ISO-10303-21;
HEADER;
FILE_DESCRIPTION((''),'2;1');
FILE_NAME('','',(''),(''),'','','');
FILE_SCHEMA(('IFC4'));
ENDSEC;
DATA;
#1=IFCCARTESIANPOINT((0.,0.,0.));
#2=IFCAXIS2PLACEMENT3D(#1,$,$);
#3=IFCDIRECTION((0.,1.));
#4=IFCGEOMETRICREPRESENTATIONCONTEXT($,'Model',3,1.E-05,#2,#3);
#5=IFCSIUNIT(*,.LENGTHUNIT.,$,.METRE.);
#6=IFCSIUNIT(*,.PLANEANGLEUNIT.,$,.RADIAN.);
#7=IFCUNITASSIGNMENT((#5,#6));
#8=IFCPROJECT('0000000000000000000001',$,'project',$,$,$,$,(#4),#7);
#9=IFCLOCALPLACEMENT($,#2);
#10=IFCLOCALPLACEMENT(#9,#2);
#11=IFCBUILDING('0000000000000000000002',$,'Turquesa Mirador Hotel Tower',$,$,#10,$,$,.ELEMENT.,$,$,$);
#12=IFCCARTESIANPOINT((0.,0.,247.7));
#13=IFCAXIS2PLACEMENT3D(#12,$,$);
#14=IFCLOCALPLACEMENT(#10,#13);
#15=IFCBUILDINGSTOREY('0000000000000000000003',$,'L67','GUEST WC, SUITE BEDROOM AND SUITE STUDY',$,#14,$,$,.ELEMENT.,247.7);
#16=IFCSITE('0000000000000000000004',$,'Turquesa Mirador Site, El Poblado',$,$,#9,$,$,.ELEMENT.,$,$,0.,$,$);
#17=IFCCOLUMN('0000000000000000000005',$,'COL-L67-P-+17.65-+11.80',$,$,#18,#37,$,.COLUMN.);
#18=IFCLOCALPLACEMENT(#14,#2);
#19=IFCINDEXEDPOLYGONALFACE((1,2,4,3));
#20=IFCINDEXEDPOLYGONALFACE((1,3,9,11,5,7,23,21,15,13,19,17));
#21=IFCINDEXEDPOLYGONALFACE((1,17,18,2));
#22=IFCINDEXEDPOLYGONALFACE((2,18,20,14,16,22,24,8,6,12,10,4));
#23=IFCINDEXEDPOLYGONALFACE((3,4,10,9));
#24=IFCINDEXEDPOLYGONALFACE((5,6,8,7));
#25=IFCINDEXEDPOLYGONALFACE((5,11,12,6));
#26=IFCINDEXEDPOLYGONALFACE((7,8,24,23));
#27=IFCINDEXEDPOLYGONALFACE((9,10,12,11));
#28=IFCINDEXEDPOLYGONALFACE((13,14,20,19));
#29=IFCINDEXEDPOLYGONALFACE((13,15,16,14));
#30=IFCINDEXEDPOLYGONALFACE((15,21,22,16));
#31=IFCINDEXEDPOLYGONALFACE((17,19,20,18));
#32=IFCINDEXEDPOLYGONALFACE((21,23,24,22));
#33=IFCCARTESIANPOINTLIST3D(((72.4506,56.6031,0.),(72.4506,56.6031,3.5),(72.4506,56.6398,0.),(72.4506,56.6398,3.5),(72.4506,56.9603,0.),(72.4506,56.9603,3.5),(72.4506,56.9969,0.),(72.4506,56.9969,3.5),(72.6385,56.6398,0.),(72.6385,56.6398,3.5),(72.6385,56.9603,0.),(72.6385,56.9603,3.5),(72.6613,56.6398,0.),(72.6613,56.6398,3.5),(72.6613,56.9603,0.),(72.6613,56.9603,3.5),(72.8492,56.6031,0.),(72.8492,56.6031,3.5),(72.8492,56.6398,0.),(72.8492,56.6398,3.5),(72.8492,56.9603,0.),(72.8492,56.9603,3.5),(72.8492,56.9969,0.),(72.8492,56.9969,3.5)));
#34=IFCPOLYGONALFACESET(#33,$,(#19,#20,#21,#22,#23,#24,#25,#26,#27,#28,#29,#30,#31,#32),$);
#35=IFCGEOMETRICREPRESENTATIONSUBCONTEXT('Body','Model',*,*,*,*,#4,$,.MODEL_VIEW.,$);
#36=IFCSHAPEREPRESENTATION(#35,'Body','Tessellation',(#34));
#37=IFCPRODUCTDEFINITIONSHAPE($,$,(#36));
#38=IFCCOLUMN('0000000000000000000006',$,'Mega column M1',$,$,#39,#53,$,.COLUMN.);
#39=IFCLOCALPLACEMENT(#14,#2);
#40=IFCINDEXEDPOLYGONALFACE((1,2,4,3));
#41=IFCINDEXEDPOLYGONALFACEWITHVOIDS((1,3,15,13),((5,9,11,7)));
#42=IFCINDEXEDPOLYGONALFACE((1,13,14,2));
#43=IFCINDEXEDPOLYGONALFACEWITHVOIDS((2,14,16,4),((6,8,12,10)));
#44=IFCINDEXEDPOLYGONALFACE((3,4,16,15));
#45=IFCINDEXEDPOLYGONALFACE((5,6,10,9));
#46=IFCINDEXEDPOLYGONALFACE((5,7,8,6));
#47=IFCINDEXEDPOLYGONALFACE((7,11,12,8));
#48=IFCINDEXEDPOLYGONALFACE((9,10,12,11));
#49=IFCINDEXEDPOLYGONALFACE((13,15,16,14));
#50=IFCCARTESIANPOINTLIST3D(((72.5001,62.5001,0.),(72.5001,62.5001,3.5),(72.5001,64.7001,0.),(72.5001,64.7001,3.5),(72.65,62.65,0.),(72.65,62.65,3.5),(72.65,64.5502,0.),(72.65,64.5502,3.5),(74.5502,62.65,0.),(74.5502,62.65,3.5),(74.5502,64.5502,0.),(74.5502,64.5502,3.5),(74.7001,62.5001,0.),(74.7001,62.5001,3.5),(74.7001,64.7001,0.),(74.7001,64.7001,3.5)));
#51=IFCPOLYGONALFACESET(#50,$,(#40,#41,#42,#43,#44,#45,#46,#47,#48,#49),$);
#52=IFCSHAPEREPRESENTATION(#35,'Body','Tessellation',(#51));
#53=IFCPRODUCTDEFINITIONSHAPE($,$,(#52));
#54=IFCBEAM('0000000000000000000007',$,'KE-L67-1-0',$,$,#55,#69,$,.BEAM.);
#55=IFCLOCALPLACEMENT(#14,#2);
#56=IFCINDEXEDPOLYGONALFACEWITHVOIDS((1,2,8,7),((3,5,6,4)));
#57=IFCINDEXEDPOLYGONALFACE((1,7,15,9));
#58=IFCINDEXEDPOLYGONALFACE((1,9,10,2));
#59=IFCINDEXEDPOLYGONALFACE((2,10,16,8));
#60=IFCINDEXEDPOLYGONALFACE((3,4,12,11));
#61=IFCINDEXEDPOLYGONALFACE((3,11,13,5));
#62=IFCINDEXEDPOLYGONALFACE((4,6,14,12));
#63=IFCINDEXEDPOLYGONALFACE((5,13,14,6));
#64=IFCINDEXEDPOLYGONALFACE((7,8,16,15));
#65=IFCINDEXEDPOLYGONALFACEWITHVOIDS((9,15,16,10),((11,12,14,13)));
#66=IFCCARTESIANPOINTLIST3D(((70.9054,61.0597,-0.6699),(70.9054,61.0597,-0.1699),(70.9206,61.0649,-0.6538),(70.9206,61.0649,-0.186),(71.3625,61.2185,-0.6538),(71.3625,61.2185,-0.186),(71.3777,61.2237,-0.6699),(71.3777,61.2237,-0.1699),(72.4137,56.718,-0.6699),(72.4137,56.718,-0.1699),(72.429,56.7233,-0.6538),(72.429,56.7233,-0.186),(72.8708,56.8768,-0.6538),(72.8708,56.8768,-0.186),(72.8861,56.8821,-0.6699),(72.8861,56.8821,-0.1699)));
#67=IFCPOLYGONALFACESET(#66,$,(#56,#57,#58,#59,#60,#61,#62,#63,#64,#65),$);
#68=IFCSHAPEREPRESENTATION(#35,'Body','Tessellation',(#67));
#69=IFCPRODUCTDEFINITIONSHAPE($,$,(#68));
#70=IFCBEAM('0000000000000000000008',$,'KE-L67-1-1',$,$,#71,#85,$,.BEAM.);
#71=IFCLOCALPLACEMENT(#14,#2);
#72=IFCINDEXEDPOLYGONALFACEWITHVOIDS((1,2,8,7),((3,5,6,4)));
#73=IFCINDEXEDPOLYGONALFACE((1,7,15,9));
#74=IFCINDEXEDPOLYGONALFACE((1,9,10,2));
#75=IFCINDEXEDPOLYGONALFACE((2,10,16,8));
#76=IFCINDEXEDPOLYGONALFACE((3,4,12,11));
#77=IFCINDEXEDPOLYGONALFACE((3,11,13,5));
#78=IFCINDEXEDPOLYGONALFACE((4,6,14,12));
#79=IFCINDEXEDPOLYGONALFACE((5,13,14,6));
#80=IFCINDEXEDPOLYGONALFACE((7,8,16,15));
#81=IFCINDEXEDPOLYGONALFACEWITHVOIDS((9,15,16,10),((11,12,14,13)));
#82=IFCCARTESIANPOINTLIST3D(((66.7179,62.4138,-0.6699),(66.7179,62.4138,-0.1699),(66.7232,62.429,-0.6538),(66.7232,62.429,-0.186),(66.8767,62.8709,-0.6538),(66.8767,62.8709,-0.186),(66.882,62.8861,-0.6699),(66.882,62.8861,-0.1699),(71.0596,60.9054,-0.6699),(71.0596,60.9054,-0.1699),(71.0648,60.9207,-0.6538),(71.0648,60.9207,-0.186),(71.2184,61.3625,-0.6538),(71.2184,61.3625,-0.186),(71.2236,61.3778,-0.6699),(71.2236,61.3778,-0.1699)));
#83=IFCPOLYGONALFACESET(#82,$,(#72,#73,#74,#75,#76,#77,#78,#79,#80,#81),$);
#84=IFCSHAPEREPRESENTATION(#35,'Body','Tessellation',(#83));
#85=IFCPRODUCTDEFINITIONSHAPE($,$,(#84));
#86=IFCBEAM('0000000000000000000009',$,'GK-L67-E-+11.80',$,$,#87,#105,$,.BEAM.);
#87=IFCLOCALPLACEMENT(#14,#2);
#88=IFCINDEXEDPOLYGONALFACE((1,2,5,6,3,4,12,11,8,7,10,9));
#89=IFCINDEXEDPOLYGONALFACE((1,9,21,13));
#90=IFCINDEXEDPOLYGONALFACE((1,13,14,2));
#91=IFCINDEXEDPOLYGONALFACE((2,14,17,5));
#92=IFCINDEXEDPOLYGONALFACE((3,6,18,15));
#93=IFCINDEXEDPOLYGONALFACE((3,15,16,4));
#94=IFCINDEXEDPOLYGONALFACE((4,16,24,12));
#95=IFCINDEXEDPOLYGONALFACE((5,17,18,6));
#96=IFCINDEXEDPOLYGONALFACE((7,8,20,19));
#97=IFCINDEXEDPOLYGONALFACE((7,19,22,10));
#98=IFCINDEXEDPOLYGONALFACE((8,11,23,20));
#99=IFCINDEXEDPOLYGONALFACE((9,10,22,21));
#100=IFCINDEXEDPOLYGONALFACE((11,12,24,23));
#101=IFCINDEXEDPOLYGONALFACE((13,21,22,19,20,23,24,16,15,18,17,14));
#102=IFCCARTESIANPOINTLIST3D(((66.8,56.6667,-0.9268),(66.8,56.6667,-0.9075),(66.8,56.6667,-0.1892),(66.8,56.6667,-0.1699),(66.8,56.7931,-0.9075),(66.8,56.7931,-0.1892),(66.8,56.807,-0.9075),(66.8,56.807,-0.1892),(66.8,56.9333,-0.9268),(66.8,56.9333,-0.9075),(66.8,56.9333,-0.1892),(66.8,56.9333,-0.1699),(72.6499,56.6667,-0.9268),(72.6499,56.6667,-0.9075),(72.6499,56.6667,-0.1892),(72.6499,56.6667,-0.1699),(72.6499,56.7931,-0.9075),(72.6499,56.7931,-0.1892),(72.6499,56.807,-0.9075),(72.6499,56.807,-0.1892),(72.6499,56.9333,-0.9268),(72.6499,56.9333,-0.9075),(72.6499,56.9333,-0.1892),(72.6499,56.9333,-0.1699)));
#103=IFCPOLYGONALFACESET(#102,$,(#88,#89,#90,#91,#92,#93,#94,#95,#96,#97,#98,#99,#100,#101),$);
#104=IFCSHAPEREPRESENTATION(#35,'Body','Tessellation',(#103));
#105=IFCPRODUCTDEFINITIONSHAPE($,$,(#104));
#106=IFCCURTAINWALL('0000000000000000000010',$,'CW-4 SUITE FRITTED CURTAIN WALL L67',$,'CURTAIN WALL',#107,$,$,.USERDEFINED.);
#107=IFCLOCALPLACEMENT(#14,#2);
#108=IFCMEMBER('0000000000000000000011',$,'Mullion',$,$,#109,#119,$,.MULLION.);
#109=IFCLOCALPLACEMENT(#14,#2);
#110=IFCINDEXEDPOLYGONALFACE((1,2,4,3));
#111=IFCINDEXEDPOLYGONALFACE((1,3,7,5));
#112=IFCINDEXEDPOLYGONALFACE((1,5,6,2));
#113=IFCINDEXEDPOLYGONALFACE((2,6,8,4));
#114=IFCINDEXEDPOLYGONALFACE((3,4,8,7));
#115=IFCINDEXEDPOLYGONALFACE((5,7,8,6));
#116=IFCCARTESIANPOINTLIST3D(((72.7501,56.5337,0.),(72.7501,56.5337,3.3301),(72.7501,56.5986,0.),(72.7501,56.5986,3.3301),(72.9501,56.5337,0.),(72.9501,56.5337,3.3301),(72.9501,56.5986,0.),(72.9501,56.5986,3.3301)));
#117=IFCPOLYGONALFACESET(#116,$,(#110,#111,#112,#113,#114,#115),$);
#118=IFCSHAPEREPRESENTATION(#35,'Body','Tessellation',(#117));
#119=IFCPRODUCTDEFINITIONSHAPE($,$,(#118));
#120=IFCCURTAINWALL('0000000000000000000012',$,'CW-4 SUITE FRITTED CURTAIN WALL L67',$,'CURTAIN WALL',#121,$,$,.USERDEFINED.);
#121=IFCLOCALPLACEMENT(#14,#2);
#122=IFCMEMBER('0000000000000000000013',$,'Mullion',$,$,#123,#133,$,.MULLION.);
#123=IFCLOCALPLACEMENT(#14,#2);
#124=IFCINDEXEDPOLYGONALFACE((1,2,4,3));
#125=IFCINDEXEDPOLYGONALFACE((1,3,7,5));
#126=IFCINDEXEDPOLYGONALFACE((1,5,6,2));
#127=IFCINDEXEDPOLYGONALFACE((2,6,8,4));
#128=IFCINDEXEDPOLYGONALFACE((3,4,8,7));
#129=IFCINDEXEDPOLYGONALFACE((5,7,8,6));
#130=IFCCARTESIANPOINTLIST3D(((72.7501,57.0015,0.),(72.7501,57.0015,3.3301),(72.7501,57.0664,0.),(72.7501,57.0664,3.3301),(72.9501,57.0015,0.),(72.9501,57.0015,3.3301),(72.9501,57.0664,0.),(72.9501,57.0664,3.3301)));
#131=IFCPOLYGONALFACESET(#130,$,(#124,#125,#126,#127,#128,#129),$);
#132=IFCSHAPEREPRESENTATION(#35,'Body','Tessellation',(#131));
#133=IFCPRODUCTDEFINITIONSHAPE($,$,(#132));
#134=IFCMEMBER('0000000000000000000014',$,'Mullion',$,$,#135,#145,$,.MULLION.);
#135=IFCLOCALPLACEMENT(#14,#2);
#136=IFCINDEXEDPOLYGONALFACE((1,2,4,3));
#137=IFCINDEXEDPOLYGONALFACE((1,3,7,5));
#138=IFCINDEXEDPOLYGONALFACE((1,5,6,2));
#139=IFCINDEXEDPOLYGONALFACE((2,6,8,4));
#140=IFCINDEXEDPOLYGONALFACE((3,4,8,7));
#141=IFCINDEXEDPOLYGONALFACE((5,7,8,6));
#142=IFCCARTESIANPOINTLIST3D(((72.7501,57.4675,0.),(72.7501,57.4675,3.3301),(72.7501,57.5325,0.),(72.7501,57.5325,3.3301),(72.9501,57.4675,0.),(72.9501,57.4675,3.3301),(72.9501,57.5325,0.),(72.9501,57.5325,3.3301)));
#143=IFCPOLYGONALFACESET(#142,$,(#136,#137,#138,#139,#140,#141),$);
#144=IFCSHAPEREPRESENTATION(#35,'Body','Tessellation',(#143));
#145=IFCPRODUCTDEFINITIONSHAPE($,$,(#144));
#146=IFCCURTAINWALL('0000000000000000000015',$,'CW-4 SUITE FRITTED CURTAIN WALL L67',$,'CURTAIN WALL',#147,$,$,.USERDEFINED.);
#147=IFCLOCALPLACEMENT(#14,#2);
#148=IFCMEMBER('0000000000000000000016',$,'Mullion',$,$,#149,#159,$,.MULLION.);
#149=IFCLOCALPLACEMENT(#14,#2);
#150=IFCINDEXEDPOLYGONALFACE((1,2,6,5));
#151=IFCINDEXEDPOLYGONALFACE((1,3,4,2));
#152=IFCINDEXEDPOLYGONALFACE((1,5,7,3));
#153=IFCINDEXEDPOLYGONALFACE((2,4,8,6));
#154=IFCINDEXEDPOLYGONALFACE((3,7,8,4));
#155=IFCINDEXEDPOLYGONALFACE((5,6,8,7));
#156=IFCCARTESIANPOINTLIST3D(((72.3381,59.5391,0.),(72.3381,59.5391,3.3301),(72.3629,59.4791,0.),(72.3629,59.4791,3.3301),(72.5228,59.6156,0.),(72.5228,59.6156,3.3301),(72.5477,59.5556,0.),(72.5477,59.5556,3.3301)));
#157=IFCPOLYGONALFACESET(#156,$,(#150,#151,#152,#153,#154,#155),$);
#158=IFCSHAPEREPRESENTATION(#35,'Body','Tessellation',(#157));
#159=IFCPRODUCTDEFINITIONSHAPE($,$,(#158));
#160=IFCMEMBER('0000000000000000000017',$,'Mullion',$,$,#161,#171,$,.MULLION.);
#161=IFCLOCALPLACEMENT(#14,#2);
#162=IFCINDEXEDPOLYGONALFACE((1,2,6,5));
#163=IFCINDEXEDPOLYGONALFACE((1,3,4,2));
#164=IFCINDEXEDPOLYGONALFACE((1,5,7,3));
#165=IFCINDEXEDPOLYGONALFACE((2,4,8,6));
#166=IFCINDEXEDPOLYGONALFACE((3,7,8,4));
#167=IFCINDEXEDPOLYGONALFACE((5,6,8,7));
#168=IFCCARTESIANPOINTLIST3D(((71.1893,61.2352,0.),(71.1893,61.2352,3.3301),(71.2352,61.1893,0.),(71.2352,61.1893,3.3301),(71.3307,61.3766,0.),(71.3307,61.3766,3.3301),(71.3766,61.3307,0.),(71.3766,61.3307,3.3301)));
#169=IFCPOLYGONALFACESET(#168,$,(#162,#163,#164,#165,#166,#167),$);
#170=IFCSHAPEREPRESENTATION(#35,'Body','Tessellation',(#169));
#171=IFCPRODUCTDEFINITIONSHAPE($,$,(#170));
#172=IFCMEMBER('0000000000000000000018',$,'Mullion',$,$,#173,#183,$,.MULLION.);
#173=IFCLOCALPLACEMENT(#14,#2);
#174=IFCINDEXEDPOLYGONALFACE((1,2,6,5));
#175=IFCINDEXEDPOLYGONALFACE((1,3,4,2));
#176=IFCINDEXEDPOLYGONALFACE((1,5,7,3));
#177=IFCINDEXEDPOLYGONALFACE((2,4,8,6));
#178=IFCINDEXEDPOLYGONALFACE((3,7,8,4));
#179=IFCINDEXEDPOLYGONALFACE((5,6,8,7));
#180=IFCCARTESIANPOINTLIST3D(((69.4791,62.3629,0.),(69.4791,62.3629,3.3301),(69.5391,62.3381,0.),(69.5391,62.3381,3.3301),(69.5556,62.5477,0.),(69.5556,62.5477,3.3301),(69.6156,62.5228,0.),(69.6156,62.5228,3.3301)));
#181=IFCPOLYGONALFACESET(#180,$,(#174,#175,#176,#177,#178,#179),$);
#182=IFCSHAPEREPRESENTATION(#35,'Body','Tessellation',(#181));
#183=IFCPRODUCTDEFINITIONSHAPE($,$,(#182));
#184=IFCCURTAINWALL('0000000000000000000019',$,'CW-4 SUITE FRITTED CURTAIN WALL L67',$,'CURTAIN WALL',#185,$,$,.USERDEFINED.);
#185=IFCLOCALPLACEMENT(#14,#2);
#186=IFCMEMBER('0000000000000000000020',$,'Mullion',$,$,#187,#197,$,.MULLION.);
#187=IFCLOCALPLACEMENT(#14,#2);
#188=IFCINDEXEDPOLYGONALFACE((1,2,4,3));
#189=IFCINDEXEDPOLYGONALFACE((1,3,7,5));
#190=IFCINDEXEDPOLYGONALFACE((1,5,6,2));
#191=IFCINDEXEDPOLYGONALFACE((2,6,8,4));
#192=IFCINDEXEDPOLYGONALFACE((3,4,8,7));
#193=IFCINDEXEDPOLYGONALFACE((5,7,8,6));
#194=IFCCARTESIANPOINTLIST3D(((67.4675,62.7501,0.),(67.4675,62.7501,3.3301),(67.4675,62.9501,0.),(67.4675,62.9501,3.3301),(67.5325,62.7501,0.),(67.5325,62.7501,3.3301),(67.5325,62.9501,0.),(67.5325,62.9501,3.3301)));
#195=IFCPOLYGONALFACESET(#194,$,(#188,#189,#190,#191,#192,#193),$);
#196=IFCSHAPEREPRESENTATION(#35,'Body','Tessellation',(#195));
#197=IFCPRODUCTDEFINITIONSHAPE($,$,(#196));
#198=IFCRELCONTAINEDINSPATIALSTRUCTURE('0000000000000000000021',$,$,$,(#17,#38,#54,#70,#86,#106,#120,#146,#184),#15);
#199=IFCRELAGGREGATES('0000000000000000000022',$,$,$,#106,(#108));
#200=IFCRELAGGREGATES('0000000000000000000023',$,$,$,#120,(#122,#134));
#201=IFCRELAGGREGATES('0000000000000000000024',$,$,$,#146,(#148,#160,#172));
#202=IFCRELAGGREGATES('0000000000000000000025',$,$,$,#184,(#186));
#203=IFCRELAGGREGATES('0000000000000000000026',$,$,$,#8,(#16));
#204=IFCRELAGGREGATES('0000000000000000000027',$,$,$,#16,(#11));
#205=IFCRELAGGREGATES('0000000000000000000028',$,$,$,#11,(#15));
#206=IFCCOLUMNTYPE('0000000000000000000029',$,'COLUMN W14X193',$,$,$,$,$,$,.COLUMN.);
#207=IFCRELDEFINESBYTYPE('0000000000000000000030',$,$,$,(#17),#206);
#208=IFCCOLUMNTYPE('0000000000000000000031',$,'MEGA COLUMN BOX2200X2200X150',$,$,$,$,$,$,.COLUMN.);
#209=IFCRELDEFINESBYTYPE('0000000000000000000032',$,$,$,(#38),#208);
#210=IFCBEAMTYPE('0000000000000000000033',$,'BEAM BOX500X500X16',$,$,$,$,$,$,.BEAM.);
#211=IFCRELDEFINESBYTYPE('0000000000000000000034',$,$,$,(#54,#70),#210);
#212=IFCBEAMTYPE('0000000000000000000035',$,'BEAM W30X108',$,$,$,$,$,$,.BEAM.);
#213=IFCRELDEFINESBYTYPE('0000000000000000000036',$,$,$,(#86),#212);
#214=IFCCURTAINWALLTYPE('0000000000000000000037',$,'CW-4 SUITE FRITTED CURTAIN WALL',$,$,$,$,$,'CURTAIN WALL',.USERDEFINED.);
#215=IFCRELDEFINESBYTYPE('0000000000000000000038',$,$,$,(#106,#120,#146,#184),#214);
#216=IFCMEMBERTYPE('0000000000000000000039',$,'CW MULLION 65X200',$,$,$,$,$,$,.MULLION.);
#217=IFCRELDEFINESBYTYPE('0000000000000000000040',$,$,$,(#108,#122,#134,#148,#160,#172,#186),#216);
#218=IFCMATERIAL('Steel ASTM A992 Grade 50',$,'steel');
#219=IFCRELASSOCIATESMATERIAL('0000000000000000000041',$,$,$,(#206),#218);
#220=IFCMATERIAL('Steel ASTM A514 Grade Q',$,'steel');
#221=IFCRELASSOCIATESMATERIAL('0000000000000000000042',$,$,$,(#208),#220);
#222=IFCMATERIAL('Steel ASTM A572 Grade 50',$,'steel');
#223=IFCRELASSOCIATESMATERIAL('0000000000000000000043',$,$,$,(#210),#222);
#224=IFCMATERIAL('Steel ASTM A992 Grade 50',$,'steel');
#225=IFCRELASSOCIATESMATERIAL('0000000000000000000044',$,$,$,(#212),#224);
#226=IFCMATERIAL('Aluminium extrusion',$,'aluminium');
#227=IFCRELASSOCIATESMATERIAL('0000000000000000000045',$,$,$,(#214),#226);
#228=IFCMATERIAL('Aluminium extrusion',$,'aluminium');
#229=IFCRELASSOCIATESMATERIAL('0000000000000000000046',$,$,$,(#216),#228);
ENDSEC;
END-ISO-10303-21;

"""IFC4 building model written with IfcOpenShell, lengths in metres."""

from ifc_helpers import new_model, si_unit, direction, frame, origin, origin_2d, place, context, subcontext, project, spatial, rectangle, hollow_rectangle, i_section, extrude, material, material_profile, profile_set, type_object, element, aggregate, save


model = new_model("IFC4")

# Units and contexts
model_context = context("Model", 3, precision=1e-05, world=origin(), true_north=direction((0.0, 1.0)))
body_context = subcontext(model_context, "Body", "Model", "MODEL_VIEW")
ifc_project = project(units=[si_unit("LENGTHUNIT", "METRE"), si_unit("PLANEANGLEUNIT", "RADIAN")], contexts=[model_context])

# Site, building, storey
site_placement = place(None, origin())
site = spatial("IfcSite", under=ifc_project, at=site_placement, Name="Turquesa Mirador Site, El Poblado", CompositionType="ELEMENT", RefElevation=0.0)
building_placement = place(site_placement, origin())
building = spatial("IfcBuilding", under=site, at=building_placement, Name="Turquesa Mirador Hotel Tower", CompositionType="ELEMENT")
storey_placement = place(building_placement, frame((0.0, 0.0, 247.7)))
storey = spatial("IfcBuildingStorey", under=building, at=storey_placement, Name="L67", Description="GUEST WC, SUITE BEDROOM AND SUITE STUDY", CompositionType="ELEMENT", Elevation=247.7)

# Columns
ifc_material_1 = material(Name="Steel ASTM A992 Grade 50", Category="steel")
ifc_material_profile_1 = material_profile(ifc_material_1, i_section(OverallWidth=0.3987, OverallDepth=0.3938, WebThickness=0.0227, FlangeThickness=0.0366, at=origin_2d()), Name="W14X193")
ifc_profile_set_1 = profile_set([ifc_material_profile_1], Name="Steel ASTM A992 Grade 50")
column_type_1 = type_object("IfcColumnType", Name="COLUMN W14X193", PredefinedType="COLUMN", material=ifc_profile_set_1)
column_1_placement = place(storey_placement, frame((72.6499, 56.8, 0.0), z_axis=(0.0, 0.0, 1.0), x_axis=(1.0, 0.0, 0.0)))
element("IfcColumn", 1, at=column_1_placement, inside=storey, type_object=column_type_1, Name="COL-L67-P-+17.65-+11.80", PredefinedType="COLUMN", context=body_context, shape_type="SweptSolid", body=[
    extrude(i_section(OverallWidth=0.3987, OverallDepth=0.3938, WebThickness=0.0227, FlangeThickness=0.0366, at=origin_2d()), origin(), (0.0, 0.0, 1.0), 3.5),
])
ifc_material_2 = material(Name="Steel ASTM A514 Grade Q", Category="steel")
ifc_material_profile_2 = material_profile(ifc_material_2, hollow_rectangle(XDim=2.2, YDim=2.2, WallThickness=0.1499, at=origin_2d()), Name="BOX2200X2200X150")
ifc_profile_set_2 = profile_set([ifc_material_profile_2], Name="Steel ASTM A514 Grade Q")
column_type_2 = type_object("IfcColumnType", Name="MEGA COLUMN BOX2200X2200X150", PredefinedType="COLUMN", material=ifc_profile_set_2)
column_2_placement = place(storey_placement, frame((73.6001, 63.6001, 0.0), z_axis=(0.0, 0.0, 1.0), x_axis=(1.0, 0.0, 0.0)))
element("IfcColumn", 2, at=column_2_placement, inside=storey, type_object=column_type_2, Name="Mega column M1", PredefinedType="COLUMN", context=body_context, shape_type="SweptSolid", body=[
    extrude(hollow_rectangle(XDim=2.2, YDim=2.2, WallThickness=0.1499, at=origin_2d()), origin(), (0.0, 0.0, 1.0), 3.5),
])

# Beams
ifc_material_3 = material(Name="Steel ASTM A572 Grade 50", Category="steel")
ifc_material_profile_3 = material_profile(ifc_material_3, hollow_rectangle(XDim=0.5, YDim=0.5, WallThickness=0.0161, at=origin_2d()), Name="BOX500X500X16")
ifc_profile_set_3 = profile_set([ifc_material_profile_3], Name="Steel ASTM A572 Grade 50")
beam_type_1 = type_object("IfcBeamType", Name="BEAM BOX500X500X16", PredefinedType="BEAM", material=ifc_profile_set_3)
for number, where, z_axis, x_axis, name in (
    (3, (72.6499, 56.8, -0.4199), (-0.32817, 0.944619, 0.0), (-0.944619, -0.32817, 0.0), "KE-L67-1-0"),
    (4, (71.1416, 61.1416, -0.4199), (-0.944619, 0.32817, 0.0), (-0.32817, -0.944619, 0.0), "KE-L67-1-1"),
):
    element("IfcBeam", number, at=place(storey_placement, frame(where, z_axis=z_axis, x_axis=x_axis)), inside=storey, type_object=beam_type_1, Name=name, PredefinedType="BEAM", context=body_context, shape_type="SweptSolid", body=[
        extrude(hollow_rectangle(XDim=0.5, YDim=0.5, WallThickness=0.0161, at=origin_2d()), origin(), (0.0, 0.0, 1.0), 4.5962),
    ])
ifc_material_4 = material(Name="Steel ASTM A992 Grade 50", Category="steel")
ifc_material_profile_4 = material_profile(ifc_material_4, i_section(OverallWidth=0.2666, OverallDepth=0.7568, WebThickness=0.0139, FlangeThickness=0.0193, at=origin_2d()), Name="W30X108")
ifc_profile_set_4 = profile_set([ifc_material_profile_4], Name="Steel ASTM A992 Grade 50")
beam_type_2 = type_object("IfcBeamType", Name="BEAM W30X108", PredefinedType="BEAM", material=ifc_profile_set_4)
beam_placement = place(storey_placement, frame((72.6499, 56.8, -0.5483), z_axis=(-1.0, 0.0, 0.0), x_axis=(0.0, -1.0, 0.0)))
element("IfcBeam", 5, at=beam_placement, inside=storey, type_object=beam_type_2, Name="GK-L67-E-+11.80", PredefinedType="BEAM", context=body_context, shape_type="SweptSolid", body=[
    extrude(i_section(OverallWidth=0.2666, OverallDepth=0.7568, WebThickness=0.0139, FlangeThickness=0.0193, at=origin_2d()), origin(), (0.0, 0.0, 1.0), 5.8499),
])

# Curtain wall, member
ifc_material_5 = material(Name="Aluminium extrusion", Category="aluminium")
curtain_wall_type = type_object("IfcCurtainWallType", Name="CW-4 SUITE FRITTED CURTAIN WALL", ElementType="CURTAIN WALL", PredefinedType="USERDEFINED", material=ifc_material_5)
curtain_wall_1_placement = place(storey_placement, origin())
curtain_wall_1 = element("IfcCurtainWall", 6, at=curtain_wall_1_placement, inside=storey, type_object=curtain_wall_type, Name="CW-4 SUITE FRITTED CURTAIN WALL L67", ObjectType="CURTAIN WALL", PredefinedType="USERDEFINED")
ifc_material_6 = material(Name="Aluminium extrusion", Category="aluminium")
ifc_material_profile_5 = material_profile(ifc_material_6, rectangle(XDim=0.0649, YDim=0.2, at=origin_2d()), Name="MULLION 65X200")
ifc_profile_set_5 = profile_set([ifc_material_profile_5], Name="Aluminium extrusion")
member_type_1 = type_object("IfcMemberType", Name="CW MULLION 65X200", PredefinedType="MULLION", material=ifc_profile_set_5)
member_1_placement = place(storey_placement, frame((72.8501, 56.5662, 0.0), z_axis=(0.0, 0.0, 1.0), x_axis=(0.0, 1.0, 0.0)))
member_1 = element("IfcMember", 7, at=member_1_placement, type_object=member_type_1, Name="Mullion", PredefinedType="MULLION", context=body_context, shape_type="SweptSolid", body=[
    extrude(rectangle(XDim=0.0649, YDim=0.2, at=origin_2d()), origin(), (0.0, 0.0, 1.0), 3.3301),
])

# Curtain walls, members
curtain_wall_2_placement = place(storey_placement, origin())
curtain_wall_2 = element("IfcCurtainWall", 8, at=curtain_wall_2_placement, inside=storey, type_object=curtain_wall_type, Name="CW-4 SUITE FRITTED CURTAIN WALL L67", ObjectType="CURTAIN WALL", PredefinedType="USERDEFINED")
member_2_placement = place(storey_placement, frame((72.8501, 57.0339, 0.0), z_axis=(0.0, 0.0, 1.0), x_axis=(0.0, 1.0, 0.0)))
member_2 = element("IfcMember", 9, at=member_2_placement, type_object=member_type_1, Name="Mullion", PredefinedType="MULLION", context=body_context, shape_type="SweptSolid", body=[
    extrude(rectangle(XDim=0.0649, YDim=0.2, at=origin_2d()), origin(), (0.0, 0.0, 1.0), 3.3301),
])
member_3_placement = place(storey_placement, frame((72.8501, 57.5, 0.0), z_axis=(0.0, 0.0, 1.0), x_axis=(0.0, 1.0, 0.0)))
member_3 = element("IfcMember", 10, at=member_3_placement, type_object=member_type_1, Name="Mullion", PredefinedType="MULLION", context=body_context, shape_type="SweptSolid", body=[
    extrude(rectangle(XDim=0.0649, YDim=0.2, at=origin_2d()), origin(), (0.0, 0.0, 1.0), 3.3301),
])
curtain_wall_3_placement = place(storey_placement, origin())
curtain_wall_3 = element("IfcCurtainWall", 11, at=curtain_wall_3_placement, inside=storey, type_object=curtain_wall_type, Name="CW-4 SUITE FRITTED CURTAIN WALL L67", ObjectType="CURTAIN WALL", PredefinedType="USERDEFINED")
member_4_placement = place(storey_placement, frame((72.4429, 59.5474, 0.0), z_axis=(0.0, 0.0, 1.0), x_axis=(-0.382683, 0.92388, 0.0)))
member_4 = element("IfcMember", 12, at=member_4_placement, type_object=member_type_1, Name="Mullion", PredefinedType="MULLION", context=body_context, shape_type="SweptSolid", body=[
    extrude(rectangle(XDim=0.0649, YDim=0.2, at=origin_2d()), origin(), (0.0, 0.0, 1.0), 3.3301),
])
member_5_placement = place(storey_placement, frame((71.283, 61.283, 0.0), z_axis=(0.0, 0.0, 1.0), x_axis=(-0.707107, 0.707107, 0.0)))
member_5 = element("IfcMember", 13, at=member_5_placement, type_object=member_type_1, Name="Mullion", PredefinedType="MULLION", context=body_context, shape_type="SweptSolid", body=[
    extrude(rectangle(XDim=0.0649, YDim=0.2, at=origin_2d()), origin(), (0.0, 0.0, 1.0), 3.3301),
])
member_6_placement = place(storey_placement, frame((69.5474, 62.4429, 0.0), z_axis=(0.0, 0.0, 1.0), x_axis=(-0.92388, 0.382683, 0.0)))
member_6 = element("IfcMember", 14, at=member_6_placement, type_object=member_type_1, Name="Mullion", PredefinedType="MULLION", context=body_context, shape_type="SweptSolid", body=[
    extrude(rectangle(XDim=0.0649, YDim=0.2, at=origin_2d()), origin(), (0.0, 0.0, 1.0), 3.3301),
])

# Curtain wall, member
curtain_wall_4_placement = place(storey_placement, origin())
curtain_wall_4 = element("IfcCurtainWall", 15, at=curtain_wall_4_placement, inside=storey, type_object=curtain_wall_type, Name="CW-4 SUITE FRITTED CURTAIN WALL L67", ObjectType="CURTAIN WALL", PredefinedType="USERDEFINED")
member_7_placement = place(storey_placement, frame((67.5, 62.8501, 0.0), z_axis=(0.0, 0.0, 1.0), x_axis=(-1.0, 0.0, 0.0)))
member_7 = element("IfcMember", 16, at=member_7_placement, type_object=member_type_1, Name="Mullion", PredefinedType="MULLION", context=body_context, shape_type="SweptSolid", body=[
    extrude(rectangle(XDim=0.0649, YDim=0.2, at=origin_2d()), origin(), (0.0, 0.0, 1.0), 3.3301),
])

aggregate(curtain_wall_1, [member_1])
aggregate(curtain_wall_2, [member_2, member_3])
aggregate(curtain_wall_3, [member_4, member_5, member_6])
aggregate(curtain_wall_4, [member_7])

save(model, "model.ifc")
